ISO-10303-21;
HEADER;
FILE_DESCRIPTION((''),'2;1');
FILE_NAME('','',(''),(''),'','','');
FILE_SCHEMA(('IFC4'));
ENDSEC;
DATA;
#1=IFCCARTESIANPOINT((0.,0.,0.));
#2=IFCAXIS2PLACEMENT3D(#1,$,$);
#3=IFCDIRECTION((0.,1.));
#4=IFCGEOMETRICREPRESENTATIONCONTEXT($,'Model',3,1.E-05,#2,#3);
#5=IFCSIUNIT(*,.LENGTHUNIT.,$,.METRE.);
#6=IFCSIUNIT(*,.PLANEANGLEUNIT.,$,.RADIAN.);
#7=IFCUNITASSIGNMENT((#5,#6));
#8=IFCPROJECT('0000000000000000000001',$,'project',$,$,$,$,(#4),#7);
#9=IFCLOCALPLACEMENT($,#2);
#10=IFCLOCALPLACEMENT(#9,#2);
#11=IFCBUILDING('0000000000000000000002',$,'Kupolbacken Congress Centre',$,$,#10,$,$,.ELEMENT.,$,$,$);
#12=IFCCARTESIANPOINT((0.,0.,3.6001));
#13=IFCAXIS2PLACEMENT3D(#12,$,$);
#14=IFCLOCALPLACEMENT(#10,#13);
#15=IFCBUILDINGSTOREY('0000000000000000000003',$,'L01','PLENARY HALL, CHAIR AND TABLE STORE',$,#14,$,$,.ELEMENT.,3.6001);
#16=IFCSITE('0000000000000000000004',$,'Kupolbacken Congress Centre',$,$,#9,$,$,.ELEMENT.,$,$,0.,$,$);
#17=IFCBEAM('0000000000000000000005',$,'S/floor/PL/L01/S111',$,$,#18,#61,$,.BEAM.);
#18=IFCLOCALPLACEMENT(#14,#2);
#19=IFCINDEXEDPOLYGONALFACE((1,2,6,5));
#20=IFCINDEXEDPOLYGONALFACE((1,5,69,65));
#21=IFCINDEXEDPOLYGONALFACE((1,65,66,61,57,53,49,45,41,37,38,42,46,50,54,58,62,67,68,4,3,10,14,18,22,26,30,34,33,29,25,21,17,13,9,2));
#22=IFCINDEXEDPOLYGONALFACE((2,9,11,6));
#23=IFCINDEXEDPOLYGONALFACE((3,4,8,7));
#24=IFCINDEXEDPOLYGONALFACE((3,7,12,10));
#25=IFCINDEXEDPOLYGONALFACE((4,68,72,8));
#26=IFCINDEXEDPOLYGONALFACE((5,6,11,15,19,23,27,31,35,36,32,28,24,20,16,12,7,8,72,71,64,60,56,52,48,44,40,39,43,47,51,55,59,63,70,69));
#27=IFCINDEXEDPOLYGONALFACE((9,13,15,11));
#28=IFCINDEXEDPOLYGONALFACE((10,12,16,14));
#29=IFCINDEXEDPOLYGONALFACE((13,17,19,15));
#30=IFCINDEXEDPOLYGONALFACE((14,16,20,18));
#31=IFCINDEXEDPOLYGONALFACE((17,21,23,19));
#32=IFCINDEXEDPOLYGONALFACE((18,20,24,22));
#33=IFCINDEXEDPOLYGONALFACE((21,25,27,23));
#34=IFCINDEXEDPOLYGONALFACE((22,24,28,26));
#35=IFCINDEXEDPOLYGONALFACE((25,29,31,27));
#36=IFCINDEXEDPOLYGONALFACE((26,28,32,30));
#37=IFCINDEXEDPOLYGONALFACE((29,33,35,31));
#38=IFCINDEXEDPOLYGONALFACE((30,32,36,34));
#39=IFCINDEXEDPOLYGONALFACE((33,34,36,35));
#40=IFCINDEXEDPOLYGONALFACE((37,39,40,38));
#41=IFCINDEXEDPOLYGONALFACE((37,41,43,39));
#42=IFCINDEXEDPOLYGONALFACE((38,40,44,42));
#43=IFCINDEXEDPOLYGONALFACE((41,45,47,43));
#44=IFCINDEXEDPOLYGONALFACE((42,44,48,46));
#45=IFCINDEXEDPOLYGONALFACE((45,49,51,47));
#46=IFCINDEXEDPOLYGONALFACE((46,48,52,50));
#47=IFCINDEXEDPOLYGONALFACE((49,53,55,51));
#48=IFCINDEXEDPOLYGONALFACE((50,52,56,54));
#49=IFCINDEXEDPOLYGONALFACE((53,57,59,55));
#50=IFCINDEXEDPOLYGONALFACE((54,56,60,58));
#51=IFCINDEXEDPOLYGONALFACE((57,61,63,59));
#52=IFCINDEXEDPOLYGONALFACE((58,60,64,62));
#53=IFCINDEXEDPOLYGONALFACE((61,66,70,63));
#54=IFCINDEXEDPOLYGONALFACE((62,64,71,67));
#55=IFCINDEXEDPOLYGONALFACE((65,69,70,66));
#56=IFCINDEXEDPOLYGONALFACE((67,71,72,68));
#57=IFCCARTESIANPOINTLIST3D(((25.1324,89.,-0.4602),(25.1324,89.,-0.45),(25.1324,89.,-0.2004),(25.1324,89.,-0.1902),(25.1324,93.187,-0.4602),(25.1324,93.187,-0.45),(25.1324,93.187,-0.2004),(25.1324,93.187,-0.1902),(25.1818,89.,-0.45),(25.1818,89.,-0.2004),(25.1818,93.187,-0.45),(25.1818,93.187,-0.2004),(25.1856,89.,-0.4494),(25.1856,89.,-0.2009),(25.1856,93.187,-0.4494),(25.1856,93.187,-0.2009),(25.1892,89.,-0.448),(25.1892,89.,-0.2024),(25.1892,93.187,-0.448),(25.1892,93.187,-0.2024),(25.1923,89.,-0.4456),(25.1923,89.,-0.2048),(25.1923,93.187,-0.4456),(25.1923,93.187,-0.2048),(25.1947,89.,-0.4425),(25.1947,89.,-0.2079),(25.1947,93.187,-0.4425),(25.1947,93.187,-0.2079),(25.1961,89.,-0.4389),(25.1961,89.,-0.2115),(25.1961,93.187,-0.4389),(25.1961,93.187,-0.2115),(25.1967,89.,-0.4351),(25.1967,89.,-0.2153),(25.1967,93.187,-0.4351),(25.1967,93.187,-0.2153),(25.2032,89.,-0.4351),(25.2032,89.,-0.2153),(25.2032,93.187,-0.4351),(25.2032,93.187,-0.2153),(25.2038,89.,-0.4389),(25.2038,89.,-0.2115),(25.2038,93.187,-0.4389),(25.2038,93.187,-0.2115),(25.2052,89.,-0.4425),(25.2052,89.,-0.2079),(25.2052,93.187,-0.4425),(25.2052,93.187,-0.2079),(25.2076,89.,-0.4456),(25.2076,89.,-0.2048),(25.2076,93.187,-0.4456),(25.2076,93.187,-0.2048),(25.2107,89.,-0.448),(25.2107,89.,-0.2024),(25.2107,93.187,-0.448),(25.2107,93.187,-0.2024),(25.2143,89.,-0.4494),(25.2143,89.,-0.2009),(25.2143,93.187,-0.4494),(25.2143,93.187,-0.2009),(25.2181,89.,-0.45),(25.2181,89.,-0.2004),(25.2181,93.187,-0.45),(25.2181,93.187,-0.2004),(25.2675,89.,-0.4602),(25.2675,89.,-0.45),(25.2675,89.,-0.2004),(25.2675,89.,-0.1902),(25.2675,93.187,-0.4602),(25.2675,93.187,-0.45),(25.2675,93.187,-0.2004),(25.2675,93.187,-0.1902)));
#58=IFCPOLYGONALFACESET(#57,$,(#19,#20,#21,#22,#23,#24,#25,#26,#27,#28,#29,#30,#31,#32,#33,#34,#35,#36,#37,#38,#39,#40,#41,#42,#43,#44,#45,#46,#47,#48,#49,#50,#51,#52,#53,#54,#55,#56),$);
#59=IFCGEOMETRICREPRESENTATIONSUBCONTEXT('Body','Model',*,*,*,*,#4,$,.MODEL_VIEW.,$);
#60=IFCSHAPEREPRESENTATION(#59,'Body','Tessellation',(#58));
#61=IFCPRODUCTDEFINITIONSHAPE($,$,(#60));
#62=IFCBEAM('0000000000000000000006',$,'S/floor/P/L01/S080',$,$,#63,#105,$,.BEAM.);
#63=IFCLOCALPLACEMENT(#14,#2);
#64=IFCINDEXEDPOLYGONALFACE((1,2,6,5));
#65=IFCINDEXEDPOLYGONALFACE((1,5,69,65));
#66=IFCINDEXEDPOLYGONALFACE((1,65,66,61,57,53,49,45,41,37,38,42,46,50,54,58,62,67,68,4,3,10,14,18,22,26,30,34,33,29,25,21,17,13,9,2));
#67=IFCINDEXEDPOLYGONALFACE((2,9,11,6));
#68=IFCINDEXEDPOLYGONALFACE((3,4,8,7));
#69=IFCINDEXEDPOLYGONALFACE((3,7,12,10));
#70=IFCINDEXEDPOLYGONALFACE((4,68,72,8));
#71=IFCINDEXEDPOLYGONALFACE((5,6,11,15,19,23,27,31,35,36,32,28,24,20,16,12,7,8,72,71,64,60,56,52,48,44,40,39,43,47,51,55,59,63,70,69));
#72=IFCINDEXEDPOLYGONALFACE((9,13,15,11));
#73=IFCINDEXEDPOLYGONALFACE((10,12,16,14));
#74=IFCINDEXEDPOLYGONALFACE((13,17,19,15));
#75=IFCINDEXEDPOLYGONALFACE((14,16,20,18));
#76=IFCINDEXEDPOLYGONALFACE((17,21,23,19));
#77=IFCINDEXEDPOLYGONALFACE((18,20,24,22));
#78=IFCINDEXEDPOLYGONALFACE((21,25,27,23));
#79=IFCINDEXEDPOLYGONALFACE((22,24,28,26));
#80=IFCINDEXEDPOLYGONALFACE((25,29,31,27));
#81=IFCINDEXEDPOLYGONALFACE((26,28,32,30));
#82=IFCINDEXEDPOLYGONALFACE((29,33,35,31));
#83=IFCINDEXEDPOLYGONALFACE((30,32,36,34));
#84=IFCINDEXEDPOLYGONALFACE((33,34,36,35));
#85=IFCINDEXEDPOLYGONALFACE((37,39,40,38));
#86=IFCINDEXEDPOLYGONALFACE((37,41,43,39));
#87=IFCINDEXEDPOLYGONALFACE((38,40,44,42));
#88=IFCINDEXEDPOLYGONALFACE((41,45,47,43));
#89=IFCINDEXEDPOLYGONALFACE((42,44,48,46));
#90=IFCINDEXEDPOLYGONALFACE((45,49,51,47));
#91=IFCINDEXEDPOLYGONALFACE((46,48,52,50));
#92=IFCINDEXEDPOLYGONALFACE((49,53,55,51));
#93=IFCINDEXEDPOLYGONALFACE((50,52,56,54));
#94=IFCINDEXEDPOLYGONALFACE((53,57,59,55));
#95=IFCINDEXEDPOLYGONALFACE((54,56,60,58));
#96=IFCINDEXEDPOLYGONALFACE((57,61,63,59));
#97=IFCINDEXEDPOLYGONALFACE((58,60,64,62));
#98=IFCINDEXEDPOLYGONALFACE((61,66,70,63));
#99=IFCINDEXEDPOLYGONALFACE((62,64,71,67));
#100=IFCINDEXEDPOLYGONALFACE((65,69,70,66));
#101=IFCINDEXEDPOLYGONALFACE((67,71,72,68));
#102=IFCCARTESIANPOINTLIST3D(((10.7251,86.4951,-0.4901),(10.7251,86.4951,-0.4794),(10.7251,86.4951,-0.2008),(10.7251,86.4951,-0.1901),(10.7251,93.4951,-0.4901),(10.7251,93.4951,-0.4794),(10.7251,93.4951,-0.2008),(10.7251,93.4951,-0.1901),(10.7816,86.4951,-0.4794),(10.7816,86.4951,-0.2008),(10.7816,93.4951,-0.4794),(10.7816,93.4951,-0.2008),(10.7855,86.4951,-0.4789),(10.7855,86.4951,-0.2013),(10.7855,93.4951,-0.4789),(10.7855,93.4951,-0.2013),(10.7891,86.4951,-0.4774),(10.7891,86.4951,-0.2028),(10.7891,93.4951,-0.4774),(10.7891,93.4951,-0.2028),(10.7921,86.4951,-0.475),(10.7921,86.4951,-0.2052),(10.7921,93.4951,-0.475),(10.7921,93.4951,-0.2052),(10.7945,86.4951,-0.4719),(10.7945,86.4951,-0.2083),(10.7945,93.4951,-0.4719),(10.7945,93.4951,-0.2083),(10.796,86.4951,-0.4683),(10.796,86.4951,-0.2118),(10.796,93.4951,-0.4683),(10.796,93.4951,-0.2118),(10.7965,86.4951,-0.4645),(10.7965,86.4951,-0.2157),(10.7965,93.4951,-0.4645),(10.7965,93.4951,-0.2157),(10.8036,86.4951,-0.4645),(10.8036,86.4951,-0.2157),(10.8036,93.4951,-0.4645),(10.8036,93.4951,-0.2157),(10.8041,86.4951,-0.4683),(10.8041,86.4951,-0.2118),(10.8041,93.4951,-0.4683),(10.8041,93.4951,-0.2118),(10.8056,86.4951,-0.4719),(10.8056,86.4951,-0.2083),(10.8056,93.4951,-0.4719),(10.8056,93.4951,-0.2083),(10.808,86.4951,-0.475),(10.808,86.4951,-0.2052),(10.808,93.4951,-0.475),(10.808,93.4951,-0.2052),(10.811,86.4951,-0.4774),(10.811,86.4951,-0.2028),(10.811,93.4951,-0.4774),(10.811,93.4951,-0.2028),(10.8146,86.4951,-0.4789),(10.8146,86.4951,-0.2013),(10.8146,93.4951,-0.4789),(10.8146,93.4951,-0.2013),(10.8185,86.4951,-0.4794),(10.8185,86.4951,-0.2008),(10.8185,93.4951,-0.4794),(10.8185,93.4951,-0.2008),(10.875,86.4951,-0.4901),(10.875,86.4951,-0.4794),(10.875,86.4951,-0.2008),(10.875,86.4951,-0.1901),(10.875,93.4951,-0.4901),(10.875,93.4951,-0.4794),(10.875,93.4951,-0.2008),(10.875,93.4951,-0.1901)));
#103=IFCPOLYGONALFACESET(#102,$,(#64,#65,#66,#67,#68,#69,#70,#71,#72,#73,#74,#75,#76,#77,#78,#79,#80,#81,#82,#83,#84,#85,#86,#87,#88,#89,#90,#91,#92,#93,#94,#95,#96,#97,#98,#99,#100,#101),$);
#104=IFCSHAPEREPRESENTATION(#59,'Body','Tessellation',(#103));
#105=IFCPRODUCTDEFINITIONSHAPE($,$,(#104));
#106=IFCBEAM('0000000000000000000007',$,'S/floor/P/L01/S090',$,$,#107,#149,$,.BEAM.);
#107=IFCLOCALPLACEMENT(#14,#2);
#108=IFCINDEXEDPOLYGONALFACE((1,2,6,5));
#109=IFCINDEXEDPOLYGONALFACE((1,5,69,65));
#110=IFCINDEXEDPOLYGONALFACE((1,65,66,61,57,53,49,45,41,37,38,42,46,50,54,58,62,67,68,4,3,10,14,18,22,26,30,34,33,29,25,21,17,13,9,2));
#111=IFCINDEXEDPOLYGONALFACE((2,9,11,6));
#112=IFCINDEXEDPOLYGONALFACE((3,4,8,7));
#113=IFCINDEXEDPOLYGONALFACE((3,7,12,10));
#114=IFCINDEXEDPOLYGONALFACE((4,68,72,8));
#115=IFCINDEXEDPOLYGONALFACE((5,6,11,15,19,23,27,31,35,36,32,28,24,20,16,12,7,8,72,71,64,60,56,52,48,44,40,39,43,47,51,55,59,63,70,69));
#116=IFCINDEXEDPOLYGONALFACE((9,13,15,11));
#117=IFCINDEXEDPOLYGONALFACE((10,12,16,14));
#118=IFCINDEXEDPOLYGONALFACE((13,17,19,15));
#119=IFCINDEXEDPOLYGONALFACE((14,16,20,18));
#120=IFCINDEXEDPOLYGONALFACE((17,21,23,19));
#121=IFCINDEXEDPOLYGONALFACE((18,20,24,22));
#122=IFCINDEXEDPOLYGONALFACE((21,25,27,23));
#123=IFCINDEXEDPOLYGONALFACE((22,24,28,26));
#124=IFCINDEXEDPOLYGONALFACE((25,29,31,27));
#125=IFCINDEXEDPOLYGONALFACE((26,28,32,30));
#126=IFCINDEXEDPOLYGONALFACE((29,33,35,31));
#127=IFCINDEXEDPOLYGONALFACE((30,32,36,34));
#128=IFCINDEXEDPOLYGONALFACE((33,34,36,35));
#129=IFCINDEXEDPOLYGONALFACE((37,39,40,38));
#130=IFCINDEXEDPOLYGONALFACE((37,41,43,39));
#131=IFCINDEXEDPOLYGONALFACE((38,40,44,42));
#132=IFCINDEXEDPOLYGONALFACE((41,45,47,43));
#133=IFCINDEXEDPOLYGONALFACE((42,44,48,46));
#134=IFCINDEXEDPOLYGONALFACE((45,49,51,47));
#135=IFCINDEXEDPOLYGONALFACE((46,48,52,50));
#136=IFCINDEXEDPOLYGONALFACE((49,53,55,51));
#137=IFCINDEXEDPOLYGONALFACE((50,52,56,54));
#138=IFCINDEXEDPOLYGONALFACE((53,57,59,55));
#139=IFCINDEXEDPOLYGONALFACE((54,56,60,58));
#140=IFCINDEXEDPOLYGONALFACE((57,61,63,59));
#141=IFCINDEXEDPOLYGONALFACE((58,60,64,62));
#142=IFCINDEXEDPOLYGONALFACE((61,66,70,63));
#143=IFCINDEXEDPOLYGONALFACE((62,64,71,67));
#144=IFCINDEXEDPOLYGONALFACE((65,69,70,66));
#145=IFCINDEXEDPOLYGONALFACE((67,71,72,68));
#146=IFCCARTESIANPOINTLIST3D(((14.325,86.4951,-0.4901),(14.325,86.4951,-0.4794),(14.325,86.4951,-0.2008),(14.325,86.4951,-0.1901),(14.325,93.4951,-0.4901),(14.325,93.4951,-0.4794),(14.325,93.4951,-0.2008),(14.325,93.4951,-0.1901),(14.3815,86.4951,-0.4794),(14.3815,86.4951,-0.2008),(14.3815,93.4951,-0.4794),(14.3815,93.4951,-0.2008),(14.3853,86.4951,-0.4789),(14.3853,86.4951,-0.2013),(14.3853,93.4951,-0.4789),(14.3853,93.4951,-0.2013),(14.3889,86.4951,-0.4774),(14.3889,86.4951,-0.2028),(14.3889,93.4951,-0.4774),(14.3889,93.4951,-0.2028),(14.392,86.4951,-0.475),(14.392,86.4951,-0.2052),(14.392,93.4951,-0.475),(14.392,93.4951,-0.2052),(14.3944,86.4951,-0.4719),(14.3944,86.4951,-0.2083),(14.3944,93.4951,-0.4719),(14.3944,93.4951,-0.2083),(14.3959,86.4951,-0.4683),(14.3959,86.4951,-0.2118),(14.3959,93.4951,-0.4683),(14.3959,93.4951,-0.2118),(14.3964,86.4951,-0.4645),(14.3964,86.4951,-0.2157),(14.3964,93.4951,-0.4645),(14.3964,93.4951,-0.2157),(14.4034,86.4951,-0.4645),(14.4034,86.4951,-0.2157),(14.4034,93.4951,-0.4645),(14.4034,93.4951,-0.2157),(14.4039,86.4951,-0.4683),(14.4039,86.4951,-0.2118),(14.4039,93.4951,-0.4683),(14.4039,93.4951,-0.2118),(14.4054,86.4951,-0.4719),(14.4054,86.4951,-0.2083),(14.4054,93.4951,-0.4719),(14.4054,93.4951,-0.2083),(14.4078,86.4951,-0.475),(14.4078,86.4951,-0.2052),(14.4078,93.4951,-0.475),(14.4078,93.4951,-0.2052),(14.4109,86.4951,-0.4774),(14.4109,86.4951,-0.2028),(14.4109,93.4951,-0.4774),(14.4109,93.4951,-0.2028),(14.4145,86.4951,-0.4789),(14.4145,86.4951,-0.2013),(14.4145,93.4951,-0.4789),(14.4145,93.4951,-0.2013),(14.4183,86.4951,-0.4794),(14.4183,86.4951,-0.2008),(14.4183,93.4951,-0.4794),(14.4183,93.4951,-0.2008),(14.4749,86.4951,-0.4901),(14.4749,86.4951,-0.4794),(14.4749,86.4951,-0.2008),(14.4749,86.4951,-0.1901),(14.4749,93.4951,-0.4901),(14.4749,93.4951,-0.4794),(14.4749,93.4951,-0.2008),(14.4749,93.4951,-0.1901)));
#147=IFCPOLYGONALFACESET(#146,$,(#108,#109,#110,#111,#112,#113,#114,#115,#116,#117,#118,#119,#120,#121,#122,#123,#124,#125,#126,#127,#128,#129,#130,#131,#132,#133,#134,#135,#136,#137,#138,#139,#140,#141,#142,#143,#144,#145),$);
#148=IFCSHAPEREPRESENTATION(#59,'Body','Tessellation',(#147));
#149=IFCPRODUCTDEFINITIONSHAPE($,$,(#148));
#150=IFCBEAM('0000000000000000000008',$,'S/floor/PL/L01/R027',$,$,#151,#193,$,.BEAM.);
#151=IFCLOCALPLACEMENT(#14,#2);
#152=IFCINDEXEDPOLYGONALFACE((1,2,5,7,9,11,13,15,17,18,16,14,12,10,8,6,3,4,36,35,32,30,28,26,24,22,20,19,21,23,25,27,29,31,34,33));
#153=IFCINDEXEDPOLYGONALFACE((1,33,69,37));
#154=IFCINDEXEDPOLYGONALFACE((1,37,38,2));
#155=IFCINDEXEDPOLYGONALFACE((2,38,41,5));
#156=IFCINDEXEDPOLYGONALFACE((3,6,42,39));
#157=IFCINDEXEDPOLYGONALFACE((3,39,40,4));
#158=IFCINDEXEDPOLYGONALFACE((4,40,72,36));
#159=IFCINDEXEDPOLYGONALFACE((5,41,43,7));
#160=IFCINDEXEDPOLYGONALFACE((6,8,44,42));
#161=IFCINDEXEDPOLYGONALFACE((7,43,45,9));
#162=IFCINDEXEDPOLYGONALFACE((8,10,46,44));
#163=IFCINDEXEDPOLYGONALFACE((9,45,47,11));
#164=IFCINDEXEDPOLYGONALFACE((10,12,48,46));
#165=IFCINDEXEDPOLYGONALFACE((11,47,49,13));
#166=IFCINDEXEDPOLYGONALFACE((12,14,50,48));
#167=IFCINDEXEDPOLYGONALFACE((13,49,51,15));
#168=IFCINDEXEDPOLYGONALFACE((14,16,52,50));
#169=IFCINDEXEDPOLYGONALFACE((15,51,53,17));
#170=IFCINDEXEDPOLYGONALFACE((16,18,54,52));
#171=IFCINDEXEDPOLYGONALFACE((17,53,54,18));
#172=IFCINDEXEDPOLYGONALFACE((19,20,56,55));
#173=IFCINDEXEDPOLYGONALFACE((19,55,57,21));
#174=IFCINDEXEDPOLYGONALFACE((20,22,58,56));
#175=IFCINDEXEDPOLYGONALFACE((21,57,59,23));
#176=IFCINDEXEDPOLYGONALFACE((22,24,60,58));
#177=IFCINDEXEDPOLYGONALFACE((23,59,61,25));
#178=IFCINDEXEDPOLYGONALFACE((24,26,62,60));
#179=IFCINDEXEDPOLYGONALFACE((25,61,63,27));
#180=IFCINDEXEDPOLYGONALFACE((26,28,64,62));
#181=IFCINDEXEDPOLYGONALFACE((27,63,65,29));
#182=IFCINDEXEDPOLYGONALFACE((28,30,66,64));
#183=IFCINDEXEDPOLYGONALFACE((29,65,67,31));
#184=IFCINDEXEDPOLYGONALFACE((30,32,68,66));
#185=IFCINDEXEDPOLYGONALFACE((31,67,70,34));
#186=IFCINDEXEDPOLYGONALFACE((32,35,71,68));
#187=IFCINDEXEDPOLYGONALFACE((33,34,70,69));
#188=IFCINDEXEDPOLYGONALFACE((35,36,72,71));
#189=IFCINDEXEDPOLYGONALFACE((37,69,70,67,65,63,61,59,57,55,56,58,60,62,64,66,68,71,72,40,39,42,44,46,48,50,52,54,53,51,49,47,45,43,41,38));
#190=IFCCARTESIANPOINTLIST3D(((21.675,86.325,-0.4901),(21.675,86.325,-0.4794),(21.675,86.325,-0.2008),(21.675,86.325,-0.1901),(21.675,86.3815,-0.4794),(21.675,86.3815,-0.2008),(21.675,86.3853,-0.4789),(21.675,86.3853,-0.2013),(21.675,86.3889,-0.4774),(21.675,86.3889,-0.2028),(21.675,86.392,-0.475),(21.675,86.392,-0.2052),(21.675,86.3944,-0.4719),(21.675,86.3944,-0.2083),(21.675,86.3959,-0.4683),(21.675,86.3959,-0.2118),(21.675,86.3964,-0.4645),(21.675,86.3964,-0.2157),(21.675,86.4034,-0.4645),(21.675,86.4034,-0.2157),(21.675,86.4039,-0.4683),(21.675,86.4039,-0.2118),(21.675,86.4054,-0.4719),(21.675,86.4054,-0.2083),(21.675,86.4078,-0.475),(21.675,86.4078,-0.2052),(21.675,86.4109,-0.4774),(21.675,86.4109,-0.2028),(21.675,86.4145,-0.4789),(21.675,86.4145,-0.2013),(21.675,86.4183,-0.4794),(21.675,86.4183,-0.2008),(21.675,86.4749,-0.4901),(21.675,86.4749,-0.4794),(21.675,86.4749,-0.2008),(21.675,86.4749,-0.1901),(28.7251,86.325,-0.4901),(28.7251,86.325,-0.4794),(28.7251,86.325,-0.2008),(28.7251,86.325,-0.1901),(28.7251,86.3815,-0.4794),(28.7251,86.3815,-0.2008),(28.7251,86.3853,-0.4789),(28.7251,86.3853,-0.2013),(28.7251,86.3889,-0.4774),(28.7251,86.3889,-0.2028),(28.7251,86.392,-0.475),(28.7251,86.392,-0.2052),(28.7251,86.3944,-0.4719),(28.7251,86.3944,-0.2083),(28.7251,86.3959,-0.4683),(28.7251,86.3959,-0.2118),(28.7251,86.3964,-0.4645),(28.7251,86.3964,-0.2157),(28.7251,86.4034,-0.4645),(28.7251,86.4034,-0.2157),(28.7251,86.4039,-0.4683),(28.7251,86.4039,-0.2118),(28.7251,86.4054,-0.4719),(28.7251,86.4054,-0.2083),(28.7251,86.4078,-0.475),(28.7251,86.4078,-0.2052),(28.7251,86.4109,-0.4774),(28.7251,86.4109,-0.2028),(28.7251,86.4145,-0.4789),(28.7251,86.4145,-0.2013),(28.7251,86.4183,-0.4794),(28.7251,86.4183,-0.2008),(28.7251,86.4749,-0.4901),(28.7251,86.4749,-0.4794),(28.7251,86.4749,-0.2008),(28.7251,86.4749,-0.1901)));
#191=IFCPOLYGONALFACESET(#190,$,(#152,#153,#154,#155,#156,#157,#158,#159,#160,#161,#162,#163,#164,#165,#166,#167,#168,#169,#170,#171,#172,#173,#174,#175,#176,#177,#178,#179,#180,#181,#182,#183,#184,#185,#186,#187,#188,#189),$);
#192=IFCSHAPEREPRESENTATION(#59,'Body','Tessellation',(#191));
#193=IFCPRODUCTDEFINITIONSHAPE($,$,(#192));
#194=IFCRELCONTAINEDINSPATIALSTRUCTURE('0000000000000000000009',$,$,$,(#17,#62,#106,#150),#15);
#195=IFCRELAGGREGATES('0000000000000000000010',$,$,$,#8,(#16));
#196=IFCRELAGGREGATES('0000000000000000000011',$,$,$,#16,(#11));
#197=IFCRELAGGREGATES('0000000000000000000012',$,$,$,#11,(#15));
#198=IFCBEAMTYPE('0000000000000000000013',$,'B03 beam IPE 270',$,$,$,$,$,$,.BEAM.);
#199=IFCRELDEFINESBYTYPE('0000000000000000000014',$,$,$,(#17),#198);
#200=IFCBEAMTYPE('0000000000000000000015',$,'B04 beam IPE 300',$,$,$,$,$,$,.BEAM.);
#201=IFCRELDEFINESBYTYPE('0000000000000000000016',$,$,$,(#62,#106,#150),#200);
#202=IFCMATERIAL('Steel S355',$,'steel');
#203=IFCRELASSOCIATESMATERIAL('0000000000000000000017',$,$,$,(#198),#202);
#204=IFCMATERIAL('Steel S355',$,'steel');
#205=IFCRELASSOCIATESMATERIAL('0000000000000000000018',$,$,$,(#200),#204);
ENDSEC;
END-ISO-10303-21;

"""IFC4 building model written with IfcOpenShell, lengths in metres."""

from ifc_helpers import new_model, si_unit, direction, frame, origin, origin_2d, place, context, subcontext, project, spatial, i_section, extrude, material, material_profile, profile_set, type_object, element, save


model = new_model("IFC4")

# Units and contexts
model_context = context("Model", 3, precision=1e-05, world=origin(), true_north=direction((0.0, 1.0)))
body_context = subcontext(model_context, "Body", "Model", "MODEL_VIEW")
ifc_project = project(units=[si_unit("LENGTHUNIT", "METRE"), si_unit("PLANEANGLEUNIT", "RADIAN")], contexts=[model_context])

# Site, building, storey
site_placement = place(None, origin())
site = spatial("IfcSite", under=ifc_project, at=site_placement, Name="Kupolbacken Congress Centre", CompositionType="ELEMENT", RefElevation=0.0)
building_placement = place(site_placement, origin())
building = spatial("IfcBuilding", under=site, at=building_placement, Name="Kupolbacken Congress Centre", CompositionType="ELEMENT")
storey_placement = place(building_placement, frame((0.0, 0.0, 3.6001)))
storey = spatial("IfcBuildingStorey", under=building, at=storey_placement, Name="L01", Description="PLENARY HALL, CHAIR AND TABLE STORE", CompositionType="ELEMENT", Elevation=3.6001)

# Beams
ifc_material_1 = material(Name="Steel S355", Category="steel")
ifc_material_profile_1 = material_profile(ifc_material_1, i_section(OverallWidth=0.135, OverallDepth=0.27, WebThickness=0.0066, FlangeThickness=0.0103, FilletRadius=0.0149, at=origin_2d()), Name="IPE 270")
ifc_profile_set_1 = profile_set([ifc_material_profile_1], Name="Steel S355")
beam_type_1 = type_object("IfcBeamType", Name="B03 beam IPE 270", PredefinedType="BEAM", material=ifc_profile_set_1)
beam_1_placement = place(storey_placement, frame((25.2, 89.0, -0.3252), z_axis=(0.0, 1.0, 0.0), x_axis=(-1.0, 0.0, 0.0)))
element("IfcBeam", 1, at=beam_1_placement, inside=storey, type_object=beam_type_1, Name="S/floor/PL/L01/S111", PredefinedType="BEAM", context=body_context, shape_type="SweptSolid", body=[
    extrude(i_section(OverallWidth=0.135, OverallDepth=0.27, WebThickness=0.0066, FlangeThickness=0.0103, FilletRadius=0.0149, at=origin_2d()), origin(), (0.0, 0.0, 1.0), 4.187),
])
ifc_material_2 = material(Name="Steel S355", Category="steel")
ifc_material_profile_2 = material_profile(ifc_material_2, i_section(OverallWidth=0.1499, OverallDepth=0.3, WebThickness=0.0071, FlangeThickness=0.0107, FilletRadius=0.0149, at=origin_2d()), Name="IPE 300")
ifc_profile_set_2 = profile_set([ifc_material_profile_2], Name="Steel S355")
beam_type_2 = type_object("IfcBeamType", Name="B04 beam IPE 300", PredefinedType="BEAM", material=ifc_profile_set_2)
for number, where, z_axis, x_axis, name in (
    (2, (10.8, 86.4951, -0.3401), (0.0, 1.0, 0.0), (-1.0, 0.0, 0.0), "S/floor/P/L01/S080"),
    (3, (14.3999, 86.4951, -0.3401), (0.0, 1.0, 0.0), (-1.0, 0.0, 0.0), "S/floor/P/L01/S090"),
):
    element("IfcBeam", number, at=place(storey_placement, frame(where, z_axis=z_axis, x_axis=x_axis)), inside=storey, type_object=beam_type_2, Name=name, PredefinedType="BEAM", context=body_context, shape_type="SweptSolid", body=[
        extrude(i_section(OverallWidth=0.1499, OverallDepth=0.3, WebThickness=0.0071, FlangeThickness=0.0107, FilletRadius=0.0149, at=origin_2d()), origin(), (0.0, 0.0, 1.0), 7.0),
    ])
for number, where, z_axis, x_axis, name in (
    (4, (21.675, 86.3999, -0.3401), (1.0, 0.0, 0.0), (0.0, 1.0, 0.0), "S/floor/PL/L01/R027"),
):
    element("IfcBeam", number, at=place(storey_placement, frame(where, z_axis=z_axis, x_axis=x_axis)), inside=storey, type_object=beam_type_2, Name=name, PredefinedType="BEAM", context=body_context, shape_type="SweptSolid", body=[
        extrude(i_section(OverallWidth=0.1499, OverallDepth=0.3, WebThickness=0.0071, FlangeThickness=0.0107, FilletRadius=0.0149, at=origin_2d()), origin(), (0.0, 0.0, 1.0), 7.05),
    ])

save(model, "model.ifc")
